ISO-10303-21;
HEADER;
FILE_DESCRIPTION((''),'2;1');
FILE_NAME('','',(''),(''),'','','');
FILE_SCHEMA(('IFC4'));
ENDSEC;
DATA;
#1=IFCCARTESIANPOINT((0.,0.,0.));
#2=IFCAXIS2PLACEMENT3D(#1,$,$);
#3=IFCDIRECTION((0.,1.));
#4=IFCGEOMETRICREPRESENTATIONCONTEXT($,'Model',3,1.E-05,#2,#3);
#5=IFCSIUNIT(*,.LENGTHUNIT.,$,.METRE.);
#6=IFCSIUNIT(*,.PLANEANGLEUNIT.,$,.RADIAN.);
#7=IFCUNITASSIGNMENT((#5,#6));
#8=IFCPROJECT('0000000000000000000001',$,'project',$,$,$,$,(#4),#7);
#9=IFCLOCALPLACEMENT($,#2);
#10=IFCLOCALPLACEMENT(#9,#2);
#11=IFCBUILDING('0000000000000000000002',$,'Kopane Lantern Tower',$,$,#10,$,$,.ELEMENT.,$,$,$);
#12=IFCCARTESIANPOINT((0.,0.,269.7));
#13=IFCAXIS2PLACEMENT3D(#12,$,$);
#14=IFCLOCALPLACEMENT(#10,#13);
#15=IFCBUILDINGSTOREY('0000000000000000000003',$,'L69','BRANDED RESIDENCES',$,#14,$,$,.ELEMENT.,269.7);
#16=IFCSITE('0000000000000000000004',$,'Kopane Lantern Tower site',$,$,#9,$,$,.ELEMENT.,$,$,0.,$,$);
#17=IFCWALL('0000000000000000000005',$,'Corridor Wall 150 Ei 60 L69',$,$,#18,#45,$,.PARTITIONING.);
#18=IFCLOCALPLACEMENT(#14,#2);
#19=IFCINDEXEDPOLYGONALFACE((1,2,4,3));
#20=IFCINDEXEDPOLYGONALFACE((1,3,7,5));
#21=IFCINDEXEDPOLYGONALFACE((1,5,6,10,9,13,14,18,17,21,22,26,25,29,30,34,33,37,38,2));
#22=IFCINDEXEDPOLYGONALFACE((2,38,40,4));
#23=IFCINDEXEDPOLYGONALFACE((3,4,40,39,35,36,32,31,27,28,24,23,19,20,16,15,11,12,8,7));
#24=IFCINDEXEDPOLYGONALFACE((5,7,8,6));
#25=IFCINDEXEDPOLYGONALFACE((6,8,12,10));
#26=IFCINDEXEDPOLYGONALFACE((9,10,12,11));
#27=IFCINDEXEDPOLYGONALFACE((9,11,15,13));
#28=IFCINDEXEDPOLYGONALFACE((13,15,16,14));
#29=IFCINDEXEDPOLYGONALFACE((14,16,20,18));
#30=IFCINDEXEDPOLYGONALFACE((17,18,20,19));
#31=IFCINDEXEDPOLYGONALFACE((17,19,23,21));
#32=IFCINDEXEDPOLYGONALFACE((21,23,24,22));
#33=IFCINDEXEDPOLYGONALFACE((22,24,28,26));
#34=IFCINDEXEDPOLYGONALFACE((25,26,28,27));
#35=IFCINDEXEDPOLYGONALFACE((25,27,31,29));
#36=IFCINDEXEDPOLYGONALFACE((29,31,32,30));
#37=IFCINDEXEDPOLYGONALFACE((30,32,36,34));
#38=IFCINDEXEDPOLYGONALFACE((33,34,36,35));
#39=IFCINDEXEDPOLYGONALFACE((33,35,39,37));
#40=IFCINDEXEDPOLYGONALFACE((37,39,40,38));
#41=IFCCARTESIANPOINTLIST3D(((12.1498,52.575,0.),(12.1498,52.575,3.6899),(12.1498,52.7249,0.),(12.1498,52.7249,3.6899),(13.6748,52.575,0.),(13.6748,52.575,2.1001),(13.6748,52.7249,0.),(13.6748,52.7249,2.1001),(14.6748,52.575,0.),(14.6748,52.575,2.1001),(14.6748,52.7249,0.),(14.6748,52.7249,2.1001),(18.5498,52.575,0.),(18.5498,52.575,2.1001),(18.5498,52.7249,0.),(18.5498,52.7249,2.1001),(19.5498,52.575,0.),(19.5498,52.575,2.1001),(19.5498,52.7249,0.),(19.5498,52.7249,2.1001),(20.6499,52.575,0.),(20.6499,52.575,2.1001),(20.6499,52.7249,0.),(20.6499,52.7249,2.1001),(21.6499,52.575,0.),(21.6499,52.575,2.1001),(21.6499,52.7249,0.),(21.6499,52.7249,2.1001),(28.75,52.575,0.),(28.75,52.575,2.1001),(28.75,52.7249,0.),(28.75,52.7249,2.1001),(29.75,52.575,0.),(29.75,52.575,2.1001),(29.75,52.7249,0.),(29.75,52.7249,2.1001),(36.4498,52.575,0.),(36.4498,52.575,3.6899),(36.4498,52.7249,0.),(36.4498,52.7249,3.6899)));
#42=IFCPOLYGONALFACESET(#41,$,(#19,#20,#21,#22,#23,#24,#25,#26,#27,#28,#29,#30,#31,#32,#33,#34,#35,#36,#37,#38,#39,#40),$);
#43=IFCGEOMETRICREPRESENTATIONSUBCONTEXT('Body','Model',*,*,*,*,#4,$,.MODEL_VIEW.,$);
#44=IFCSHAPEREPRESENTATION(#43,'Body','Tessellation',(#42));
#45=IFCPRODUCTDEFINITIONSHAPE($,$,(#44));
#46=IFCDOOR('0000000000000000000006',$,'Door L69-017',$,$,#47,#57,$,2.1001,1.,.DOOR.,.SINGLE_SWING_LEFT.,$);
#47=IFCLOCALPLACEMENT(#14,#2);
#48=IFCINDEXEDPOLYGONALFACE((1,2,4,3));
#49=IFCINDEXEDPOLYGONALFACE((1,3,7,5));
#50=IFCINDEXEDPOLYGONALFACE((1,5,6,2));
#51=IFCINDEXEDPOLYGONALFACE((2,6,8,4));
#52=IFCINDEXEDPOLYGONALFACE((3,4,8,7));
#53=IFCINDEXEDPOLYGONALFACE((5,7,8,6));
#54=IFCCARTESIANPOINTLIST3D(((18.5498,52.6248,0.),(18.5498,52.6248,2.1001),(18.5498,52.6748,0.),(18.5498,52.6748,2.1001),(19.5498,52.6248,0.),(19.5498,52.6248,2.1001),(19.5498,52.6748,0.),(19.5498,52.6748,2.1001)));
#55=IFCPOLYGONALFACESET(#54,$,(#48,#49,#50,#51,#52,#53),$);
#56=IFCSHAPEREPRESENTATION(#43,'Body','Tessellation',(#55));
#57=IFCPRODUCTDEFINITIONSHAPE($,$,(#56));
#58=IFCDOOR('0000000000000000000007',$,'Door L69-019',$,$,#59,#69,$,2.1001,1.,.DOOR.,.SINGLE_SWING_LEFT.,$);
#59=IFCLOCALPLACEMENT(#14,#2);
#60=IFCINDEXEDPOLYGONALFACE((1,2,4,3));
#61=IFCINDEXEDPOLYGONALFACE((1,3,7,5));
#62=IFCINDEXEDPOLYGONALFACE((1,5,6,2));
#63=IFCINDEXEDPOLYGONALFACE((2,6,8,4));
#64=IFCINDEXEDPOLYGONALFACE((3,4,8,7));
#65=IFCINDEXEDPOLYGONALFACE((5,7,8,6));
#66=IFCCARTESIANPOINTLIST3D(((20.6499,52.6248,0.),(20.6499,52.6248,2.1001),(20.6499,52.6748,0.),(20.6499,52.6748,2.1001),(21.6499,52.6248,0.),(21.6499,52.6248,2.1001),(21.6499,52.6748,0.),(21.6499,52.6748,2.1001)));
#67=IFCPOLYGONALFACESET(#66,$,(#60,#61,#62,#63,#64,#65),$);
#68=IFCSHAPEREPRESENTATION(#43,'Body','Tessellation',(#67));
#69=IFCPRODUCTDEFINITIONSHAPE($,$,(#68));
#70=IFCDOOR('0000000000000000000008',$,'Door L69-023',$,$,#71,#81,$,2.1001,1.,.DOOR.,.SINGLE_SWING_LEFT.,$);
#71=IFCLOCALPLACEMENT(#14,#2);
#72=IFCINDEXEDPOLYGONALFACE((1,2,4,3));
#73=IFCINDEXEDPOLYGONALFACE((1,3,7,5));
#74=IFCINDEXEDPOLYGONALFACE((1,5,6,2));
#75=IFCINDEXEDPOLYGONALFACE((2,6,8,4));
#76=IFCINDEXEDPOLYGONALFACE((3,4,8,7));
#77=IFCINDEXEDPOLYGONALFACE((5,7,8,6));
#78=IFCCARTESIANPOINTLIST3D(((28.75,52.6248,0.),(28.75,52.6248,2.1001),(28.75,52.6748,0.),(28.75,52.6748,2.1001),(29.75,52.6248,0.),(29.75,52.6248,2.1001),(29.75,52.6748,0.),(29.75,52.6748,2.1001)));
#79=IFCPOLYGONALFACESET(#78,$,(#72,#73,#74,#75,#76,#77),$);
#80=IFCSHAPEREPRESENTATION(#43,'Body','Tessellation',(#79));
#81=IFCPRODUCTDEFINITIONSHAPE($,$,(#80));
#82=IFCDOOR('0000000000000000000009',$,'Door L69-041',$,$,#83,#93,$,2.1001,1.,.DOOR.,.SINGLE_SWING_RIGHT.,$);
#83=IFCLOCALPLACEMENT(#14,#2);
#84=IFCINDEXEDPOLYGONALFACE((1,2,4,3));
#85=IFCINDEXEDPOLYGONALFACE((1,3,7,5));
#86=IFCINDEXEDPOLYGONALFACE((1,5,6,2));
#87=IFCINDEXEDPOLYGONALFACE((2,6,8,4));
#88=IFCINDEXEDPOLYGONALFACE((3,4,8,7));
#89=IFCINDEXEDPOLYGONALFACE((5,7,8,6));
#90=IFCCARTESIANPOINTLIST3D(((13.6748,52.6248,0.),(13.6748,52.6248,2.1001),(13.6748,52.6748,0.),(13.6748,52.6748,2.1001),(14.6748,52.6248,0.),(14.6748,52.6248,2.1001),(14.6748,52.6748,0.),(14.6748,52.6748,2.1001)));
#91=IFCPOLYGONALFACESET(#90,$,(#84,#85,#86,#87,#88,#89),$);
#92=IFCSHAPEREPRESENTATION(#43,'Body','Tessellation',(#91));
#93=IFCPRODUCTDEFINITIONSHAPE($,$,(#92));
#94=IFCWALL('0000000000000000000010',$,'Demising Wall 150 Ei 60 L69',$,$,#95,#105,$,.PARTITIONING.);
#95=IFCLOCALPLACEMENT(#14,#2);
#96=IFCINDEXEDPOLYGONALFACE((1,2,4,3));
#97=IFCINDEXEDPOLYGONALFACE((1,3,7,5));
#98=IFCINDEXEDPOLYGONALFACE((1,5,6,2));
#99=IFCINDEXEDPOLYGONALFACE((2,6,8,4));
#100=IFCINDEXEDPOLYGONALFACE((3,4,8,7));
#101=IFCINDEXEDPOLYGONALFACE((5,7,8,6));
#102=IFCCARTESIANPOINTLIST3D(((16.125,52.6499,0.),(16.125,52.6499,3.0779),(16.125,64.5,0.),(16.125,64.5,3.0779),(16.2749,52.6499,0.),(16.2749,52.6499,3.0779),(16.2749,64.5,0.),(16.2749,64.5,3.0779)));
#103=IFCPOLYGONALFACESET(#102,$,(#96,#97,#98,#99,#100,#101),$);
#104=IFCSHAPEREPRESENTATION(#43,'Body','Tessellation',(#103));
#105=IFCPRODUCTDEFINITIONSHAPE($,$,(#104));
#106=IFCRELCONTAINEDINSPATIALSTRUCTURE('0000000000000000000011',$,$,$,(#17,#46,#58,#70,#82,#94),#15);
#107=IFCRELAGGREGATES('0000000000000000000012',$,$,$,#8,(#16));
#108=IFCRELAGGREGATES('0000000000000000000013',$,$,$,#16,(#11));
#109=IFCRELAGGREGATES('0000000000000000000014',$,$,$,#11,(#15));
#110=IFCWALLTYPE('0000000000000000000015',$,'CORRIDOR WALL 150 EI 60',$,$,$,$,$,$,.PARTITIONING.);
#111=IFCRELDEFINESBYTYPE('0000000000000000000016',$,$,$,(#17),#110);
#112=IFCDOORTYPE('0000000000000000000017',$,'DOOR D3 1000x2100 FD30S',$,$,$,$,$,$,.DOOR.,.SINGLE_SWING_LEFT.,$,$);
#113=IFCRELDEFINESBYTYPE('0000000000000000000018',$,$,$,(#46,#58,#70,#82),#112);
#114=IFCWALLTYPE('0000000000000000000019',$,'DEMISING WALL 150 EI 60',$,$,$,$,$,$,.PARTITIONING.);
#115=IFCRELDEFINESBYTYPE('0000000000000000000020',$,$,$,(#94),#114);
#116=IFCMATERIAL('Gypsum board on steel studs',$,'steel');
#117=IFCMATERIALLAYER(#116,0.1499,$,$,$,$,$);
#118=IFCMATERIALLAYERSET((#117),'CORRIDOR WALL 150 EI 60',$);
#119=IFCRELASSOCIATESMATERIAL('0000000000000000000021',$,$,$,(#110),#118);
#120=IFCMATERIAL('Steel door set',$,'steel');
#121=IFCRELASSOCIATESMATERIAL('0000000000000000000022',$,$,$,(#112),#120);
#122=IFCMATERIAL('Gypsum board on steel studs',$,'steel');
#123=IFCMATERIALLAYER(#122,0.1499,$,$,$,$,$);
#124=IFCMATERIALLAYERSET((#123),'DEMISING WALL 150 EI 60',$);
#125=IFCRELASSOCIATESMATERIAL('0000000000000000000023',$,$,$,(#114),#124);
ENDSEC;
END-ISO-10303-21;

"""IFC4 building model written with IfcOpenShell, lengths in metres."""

from ifc_helpers import new_model, si_unit, direction, frame, frame_2d, origin, place, context, subcontext, project, spatial, rectangle, extrude, material, layer, layer_set, type_object, element, fill, save


model = new_model("IFC4")

# Units and contexts
model_context = context("Model", 3, precision=1e-05, world=origin(), true_north=direction((0.0, 1.0)))
body_context = subcontext(model_context, "Body", "Model", "MODEL_VIEW")
ifc_project = project(units=[si_unit("LENGTHUNIT", "METRE"), si_unit("PLANEANGLEUNIT", "RADIAN")], contexts=[model_context])

# Site, building, storey
site_placement = place(None, origin())
site = spatial("IfcSite", under=ifc_project, at=site_placement, Name="Kopane Lantern Tower site", CompositionType="ELEMENT", RefElevation=0.0)
building_placement = place(site_placement, origin())
building = spatial("IfcBuilding", under=site, at=building_placement, Name="Kopane Lantern Tower", CompositionType="ELEMENT")
storey_placement = place(building_placement, frame((0.0, 0.0, 269.7)))
storey = spatial("IfcBuildingStorey", under=building, at=storey_placement, Name="L69", Description="BRANDED RESIDENCES", CompositionType="ELEMENT", Elevation=269.7)

# Wall, openings, doors
ifc_material_1 = material(Name="Gypsum board on steel studs", Category="steel")
ifc_layer_1 = layer(ifc_material_1, 0.1499)
ifc_layer_set_1 = layer_set([ifc_layer_1], Name="CORRIDOR WALL 150 EI 60")
wall_type_1 = type_object("IfcWallType", Name="CORRIDOR WALL 150 EI 60", PredefinedType="PARTITIONING", material=ifc_layer_set_1)
wall_1_placement = place(storey_placement, frame((12.1499, 52.6499, 0.0), z_axis=(0.0, 0.0, 1.0), x_axis=(1.0, 0.0, 0.0)))
wall_1 = element("IfcWall", 1, at=wall_1_placement, inside=storey, type_object=wall_type_1, Name="Corridor Wall 150 Ei 60 L69", PredefinedType="PARTITIONING", context=body_context, shape_type="SweptSolid", body=[
    extrude(rectangle(XDim=24.3, YDim=0.1499, at=frame_2d((12.1499, 0.0))), origin(), (0.0, 0.0, 1.0), 3.6899),
])
opening_1_placement = place(wall_1_placement, frame((6.3999, 0.0, 0.0)))
opening_1 = element("IfcOpeningElement", 2, at=opening_1_placement, cuts=wall_1, PredefinedType="OPENING", context=body_context, shape_type="SweptSolid", body=[
    extrude(rectangle(XDim=1.0, YDim=2.1001, at=frame_2d((0.5, 1.05))), frame((0.0, 0.085, 0.0), z_axis=(0.0, -1.0, 0.0), x_axis=(1.0, 0.0, 0.0)), (0.0, 0.0, 1.0), 0.1699),
])
opening_2_placement = place(wall_1_placement, frame((8.5, 0.0, 0.0)))
opening_2 = element("IfcOpeningElement", 3, at=opening_2_placement, cuts=wall_1, PredefinedType="OPENING", context=body_context, shape_type="SweptSolid", body=[
    extrude(rectangle(XDim=1.0, YDim=2.1001, at=frame_2d((0.5, 1.05))), frame((0.0, 0.085, 0.0), z_axis=(0.0, -1.0, 0.0), x_axis=(1.0, 0.0, 0.0)), (0.0, 0.0, 1.0), 0.1699),
])
opening_3_placement = place(wall_1_placement, frame((16.6001, 0.0, 0.0)))
opening_3 = element("IfcOpeningElement", 4, at=opening_3_placement, cuts=wall_1, PredefinedType="OPENING", context=body_context, shape_type="SweptSolid", body=[
    extrude(rectangle(XDim=1.0, YDim=2.1001, at=frame_2d((0.5, 1.05))), frame((0.0, 0.085, 0.0), z_axis=(0.0, -1.0, 0.0), x_axis=(1.0, 0.0, 0.0)), (0.0, 0.0, 1.0), 0.1699),
])
opening_4_placement = place(wall_1_placement, frame((1.5249, 0.0, 0.0)))
opening_4 = element("IfcOpeningElement", 5, at=opening_4_placement, cuts=wall_1, PredefinedType="OPENING", context=body_context, shape_type="SweptSolid", body=[
    extrude(rectangle(XDim=1.0, YDim=2.1001, at=frame_2d((0.5, 1.05))), frame((0.0, 0.085, 0.0), z_axis=(0.0, -1.0, 0.0), x_axis=(1.0, 0.0, 0.0)), (0.0, 0.0, 1.0), 0.1699),
])
ifc_material_2 = material(Name="Steel door set", Category="steel")
door_type_1 = type_object("IfcDoorType", Name="DOOR D3 1000x2100 FD30S", OperationType="SINGLE_SWING_LEFT", PredefinedType="DOOR", material=ifc_material_2)
door_1_placement = place(opening_1_placement, origin())
door_1 = element("IfcDoor", 6, at=door_1_placement, inside=storey, type_object=door_type_1, Name="Door L69-017", OperationType="SINGLE_SWING_LEFT", OverallHeight=2.1001, OverallWidth=1.0, PredefinedType="DOOR", context=body_context, shape_type="SweptSolid", body=[
    extrude(rectangle(XDim=1.0, YDim=2.1001, at=frame_2d((0.5, 1.05))), frame((0.0, 0.0249, 0.0), z_axis=(0.0, -1.0, 0.0), x_axis=(1.0, 0.0, 0.0)), (0.0, 0.0, 1.0), 0.05),
])
fill(opening_1, door_1)
door_2_placement = place(opening_2_placement, origin())
door_2 = element("IfcDoor", 7, at=door_2_placement, inside=storey, type_object=door_type_1, Name="Door L69-019", OperationType="SINGLE_SWING_LEFT", OverallHeight=2.1001, OverallWidth=1.0, PredefinedType="DOOR", context=body_context, shape_type="SweptSolid", body=[
    extrude(rectangle(XDim=1.0, YDim=2.1001, at=frame_2d((0.5, 1.05))), frame((0.0, 0.0249, 0.0), z_axis=(0.0, -1.0, 0.0), x_axis=(1.0, 0.0, 0.0)), (0.0, 0.0, 1.0), 0.05),
])
fill(opening_2, door_2)
door_3_placement = place(opening_3_placement, origin())
door_3 = element("IfcDoor", 8, at=door_3_placement, inside=storey, type_object=door_type_1, Name="Door L69-023", OperationType="SINGLE_SWING_LEFT", OverallHeight=2.1001, OverallWidth=1.0, PredefinedType="DOOR", context=body_context, shape_type="SweptSolid", body=[
    extrude(rectangle(XDim=1.0, YDim=2.1001, at=frame_2d((0.5, 1.05))), frame((0.0, 0.0249, 0.0), z_axis=(0.0, -1.0, 0.0), x_axis=(1.0, 0.0, 0.0)), (0.0, 0.0, 1.0), 0.05),
])
fill(opening_3, door_3)
door_4_placement = place(opening_4_placement, origin())
door_4 = element("IfcDoor", 9, at=door_4_placement, inside=storey, type_object=door_type_1, Name="Door L69-041", OperationType="SINGLE_SWING_RIGHT", OverallHeight=2.1001, OverallWidth=1.0, PredefinedType="DOOR", context=body_context, shape_type="SweptSolid", body=[
    extrude(rectangle(XDim=1.0, YDim=2.1001, at=frame_2d((0.5, 1.05))), frame((0.0, 0.0249, 0.0), z_axis=(0.0, -1.0, 0.0), x_axis=(1.0, 0.0, 0.0)), (0.0, 0.0, 1.0), 0.05),
])
fill(opening_4, door_4)

# Wall
ifc_material_3 = material(Name="Gypsum board on steel studs", Category="steel")
ifc_layer_2 = layer(ifc_material_3, 0.1499)
ifc_layer_set_2 = layer_set([ifc_layer_2], Name="DEMISING WALL 150 EI 60")
wall_type_2 = type_object("IfcWallType", Name="DEMISING WALL 150 EI 60", PredefinedType="PARTITIONING", material=ifc_layer_set_2)
wall_2_placement = place(storey_placement, frame((16.2, 52.6499, 0.0), z_axis=(0.0, 0.0, 1.0), x_axis=(0.0, 1.0, 0.0)))
element("IfcWall", 10, at=wall_2_placement, inside=storey, type_object=wall_type_2, Name="Demising Wall 150 Ei 60 L69", PredefinedType="PARTITIONING", context=body_context, shape_type="SweptSolid", body=[
    extrude(rectangle(XDim=11.8501, YDim=0.1499, at=frame_2d((5.925, 0.0))), origin(), (0.0, 0.0, 1.0), 3.0779),
])

save(model, "model.ifc")
